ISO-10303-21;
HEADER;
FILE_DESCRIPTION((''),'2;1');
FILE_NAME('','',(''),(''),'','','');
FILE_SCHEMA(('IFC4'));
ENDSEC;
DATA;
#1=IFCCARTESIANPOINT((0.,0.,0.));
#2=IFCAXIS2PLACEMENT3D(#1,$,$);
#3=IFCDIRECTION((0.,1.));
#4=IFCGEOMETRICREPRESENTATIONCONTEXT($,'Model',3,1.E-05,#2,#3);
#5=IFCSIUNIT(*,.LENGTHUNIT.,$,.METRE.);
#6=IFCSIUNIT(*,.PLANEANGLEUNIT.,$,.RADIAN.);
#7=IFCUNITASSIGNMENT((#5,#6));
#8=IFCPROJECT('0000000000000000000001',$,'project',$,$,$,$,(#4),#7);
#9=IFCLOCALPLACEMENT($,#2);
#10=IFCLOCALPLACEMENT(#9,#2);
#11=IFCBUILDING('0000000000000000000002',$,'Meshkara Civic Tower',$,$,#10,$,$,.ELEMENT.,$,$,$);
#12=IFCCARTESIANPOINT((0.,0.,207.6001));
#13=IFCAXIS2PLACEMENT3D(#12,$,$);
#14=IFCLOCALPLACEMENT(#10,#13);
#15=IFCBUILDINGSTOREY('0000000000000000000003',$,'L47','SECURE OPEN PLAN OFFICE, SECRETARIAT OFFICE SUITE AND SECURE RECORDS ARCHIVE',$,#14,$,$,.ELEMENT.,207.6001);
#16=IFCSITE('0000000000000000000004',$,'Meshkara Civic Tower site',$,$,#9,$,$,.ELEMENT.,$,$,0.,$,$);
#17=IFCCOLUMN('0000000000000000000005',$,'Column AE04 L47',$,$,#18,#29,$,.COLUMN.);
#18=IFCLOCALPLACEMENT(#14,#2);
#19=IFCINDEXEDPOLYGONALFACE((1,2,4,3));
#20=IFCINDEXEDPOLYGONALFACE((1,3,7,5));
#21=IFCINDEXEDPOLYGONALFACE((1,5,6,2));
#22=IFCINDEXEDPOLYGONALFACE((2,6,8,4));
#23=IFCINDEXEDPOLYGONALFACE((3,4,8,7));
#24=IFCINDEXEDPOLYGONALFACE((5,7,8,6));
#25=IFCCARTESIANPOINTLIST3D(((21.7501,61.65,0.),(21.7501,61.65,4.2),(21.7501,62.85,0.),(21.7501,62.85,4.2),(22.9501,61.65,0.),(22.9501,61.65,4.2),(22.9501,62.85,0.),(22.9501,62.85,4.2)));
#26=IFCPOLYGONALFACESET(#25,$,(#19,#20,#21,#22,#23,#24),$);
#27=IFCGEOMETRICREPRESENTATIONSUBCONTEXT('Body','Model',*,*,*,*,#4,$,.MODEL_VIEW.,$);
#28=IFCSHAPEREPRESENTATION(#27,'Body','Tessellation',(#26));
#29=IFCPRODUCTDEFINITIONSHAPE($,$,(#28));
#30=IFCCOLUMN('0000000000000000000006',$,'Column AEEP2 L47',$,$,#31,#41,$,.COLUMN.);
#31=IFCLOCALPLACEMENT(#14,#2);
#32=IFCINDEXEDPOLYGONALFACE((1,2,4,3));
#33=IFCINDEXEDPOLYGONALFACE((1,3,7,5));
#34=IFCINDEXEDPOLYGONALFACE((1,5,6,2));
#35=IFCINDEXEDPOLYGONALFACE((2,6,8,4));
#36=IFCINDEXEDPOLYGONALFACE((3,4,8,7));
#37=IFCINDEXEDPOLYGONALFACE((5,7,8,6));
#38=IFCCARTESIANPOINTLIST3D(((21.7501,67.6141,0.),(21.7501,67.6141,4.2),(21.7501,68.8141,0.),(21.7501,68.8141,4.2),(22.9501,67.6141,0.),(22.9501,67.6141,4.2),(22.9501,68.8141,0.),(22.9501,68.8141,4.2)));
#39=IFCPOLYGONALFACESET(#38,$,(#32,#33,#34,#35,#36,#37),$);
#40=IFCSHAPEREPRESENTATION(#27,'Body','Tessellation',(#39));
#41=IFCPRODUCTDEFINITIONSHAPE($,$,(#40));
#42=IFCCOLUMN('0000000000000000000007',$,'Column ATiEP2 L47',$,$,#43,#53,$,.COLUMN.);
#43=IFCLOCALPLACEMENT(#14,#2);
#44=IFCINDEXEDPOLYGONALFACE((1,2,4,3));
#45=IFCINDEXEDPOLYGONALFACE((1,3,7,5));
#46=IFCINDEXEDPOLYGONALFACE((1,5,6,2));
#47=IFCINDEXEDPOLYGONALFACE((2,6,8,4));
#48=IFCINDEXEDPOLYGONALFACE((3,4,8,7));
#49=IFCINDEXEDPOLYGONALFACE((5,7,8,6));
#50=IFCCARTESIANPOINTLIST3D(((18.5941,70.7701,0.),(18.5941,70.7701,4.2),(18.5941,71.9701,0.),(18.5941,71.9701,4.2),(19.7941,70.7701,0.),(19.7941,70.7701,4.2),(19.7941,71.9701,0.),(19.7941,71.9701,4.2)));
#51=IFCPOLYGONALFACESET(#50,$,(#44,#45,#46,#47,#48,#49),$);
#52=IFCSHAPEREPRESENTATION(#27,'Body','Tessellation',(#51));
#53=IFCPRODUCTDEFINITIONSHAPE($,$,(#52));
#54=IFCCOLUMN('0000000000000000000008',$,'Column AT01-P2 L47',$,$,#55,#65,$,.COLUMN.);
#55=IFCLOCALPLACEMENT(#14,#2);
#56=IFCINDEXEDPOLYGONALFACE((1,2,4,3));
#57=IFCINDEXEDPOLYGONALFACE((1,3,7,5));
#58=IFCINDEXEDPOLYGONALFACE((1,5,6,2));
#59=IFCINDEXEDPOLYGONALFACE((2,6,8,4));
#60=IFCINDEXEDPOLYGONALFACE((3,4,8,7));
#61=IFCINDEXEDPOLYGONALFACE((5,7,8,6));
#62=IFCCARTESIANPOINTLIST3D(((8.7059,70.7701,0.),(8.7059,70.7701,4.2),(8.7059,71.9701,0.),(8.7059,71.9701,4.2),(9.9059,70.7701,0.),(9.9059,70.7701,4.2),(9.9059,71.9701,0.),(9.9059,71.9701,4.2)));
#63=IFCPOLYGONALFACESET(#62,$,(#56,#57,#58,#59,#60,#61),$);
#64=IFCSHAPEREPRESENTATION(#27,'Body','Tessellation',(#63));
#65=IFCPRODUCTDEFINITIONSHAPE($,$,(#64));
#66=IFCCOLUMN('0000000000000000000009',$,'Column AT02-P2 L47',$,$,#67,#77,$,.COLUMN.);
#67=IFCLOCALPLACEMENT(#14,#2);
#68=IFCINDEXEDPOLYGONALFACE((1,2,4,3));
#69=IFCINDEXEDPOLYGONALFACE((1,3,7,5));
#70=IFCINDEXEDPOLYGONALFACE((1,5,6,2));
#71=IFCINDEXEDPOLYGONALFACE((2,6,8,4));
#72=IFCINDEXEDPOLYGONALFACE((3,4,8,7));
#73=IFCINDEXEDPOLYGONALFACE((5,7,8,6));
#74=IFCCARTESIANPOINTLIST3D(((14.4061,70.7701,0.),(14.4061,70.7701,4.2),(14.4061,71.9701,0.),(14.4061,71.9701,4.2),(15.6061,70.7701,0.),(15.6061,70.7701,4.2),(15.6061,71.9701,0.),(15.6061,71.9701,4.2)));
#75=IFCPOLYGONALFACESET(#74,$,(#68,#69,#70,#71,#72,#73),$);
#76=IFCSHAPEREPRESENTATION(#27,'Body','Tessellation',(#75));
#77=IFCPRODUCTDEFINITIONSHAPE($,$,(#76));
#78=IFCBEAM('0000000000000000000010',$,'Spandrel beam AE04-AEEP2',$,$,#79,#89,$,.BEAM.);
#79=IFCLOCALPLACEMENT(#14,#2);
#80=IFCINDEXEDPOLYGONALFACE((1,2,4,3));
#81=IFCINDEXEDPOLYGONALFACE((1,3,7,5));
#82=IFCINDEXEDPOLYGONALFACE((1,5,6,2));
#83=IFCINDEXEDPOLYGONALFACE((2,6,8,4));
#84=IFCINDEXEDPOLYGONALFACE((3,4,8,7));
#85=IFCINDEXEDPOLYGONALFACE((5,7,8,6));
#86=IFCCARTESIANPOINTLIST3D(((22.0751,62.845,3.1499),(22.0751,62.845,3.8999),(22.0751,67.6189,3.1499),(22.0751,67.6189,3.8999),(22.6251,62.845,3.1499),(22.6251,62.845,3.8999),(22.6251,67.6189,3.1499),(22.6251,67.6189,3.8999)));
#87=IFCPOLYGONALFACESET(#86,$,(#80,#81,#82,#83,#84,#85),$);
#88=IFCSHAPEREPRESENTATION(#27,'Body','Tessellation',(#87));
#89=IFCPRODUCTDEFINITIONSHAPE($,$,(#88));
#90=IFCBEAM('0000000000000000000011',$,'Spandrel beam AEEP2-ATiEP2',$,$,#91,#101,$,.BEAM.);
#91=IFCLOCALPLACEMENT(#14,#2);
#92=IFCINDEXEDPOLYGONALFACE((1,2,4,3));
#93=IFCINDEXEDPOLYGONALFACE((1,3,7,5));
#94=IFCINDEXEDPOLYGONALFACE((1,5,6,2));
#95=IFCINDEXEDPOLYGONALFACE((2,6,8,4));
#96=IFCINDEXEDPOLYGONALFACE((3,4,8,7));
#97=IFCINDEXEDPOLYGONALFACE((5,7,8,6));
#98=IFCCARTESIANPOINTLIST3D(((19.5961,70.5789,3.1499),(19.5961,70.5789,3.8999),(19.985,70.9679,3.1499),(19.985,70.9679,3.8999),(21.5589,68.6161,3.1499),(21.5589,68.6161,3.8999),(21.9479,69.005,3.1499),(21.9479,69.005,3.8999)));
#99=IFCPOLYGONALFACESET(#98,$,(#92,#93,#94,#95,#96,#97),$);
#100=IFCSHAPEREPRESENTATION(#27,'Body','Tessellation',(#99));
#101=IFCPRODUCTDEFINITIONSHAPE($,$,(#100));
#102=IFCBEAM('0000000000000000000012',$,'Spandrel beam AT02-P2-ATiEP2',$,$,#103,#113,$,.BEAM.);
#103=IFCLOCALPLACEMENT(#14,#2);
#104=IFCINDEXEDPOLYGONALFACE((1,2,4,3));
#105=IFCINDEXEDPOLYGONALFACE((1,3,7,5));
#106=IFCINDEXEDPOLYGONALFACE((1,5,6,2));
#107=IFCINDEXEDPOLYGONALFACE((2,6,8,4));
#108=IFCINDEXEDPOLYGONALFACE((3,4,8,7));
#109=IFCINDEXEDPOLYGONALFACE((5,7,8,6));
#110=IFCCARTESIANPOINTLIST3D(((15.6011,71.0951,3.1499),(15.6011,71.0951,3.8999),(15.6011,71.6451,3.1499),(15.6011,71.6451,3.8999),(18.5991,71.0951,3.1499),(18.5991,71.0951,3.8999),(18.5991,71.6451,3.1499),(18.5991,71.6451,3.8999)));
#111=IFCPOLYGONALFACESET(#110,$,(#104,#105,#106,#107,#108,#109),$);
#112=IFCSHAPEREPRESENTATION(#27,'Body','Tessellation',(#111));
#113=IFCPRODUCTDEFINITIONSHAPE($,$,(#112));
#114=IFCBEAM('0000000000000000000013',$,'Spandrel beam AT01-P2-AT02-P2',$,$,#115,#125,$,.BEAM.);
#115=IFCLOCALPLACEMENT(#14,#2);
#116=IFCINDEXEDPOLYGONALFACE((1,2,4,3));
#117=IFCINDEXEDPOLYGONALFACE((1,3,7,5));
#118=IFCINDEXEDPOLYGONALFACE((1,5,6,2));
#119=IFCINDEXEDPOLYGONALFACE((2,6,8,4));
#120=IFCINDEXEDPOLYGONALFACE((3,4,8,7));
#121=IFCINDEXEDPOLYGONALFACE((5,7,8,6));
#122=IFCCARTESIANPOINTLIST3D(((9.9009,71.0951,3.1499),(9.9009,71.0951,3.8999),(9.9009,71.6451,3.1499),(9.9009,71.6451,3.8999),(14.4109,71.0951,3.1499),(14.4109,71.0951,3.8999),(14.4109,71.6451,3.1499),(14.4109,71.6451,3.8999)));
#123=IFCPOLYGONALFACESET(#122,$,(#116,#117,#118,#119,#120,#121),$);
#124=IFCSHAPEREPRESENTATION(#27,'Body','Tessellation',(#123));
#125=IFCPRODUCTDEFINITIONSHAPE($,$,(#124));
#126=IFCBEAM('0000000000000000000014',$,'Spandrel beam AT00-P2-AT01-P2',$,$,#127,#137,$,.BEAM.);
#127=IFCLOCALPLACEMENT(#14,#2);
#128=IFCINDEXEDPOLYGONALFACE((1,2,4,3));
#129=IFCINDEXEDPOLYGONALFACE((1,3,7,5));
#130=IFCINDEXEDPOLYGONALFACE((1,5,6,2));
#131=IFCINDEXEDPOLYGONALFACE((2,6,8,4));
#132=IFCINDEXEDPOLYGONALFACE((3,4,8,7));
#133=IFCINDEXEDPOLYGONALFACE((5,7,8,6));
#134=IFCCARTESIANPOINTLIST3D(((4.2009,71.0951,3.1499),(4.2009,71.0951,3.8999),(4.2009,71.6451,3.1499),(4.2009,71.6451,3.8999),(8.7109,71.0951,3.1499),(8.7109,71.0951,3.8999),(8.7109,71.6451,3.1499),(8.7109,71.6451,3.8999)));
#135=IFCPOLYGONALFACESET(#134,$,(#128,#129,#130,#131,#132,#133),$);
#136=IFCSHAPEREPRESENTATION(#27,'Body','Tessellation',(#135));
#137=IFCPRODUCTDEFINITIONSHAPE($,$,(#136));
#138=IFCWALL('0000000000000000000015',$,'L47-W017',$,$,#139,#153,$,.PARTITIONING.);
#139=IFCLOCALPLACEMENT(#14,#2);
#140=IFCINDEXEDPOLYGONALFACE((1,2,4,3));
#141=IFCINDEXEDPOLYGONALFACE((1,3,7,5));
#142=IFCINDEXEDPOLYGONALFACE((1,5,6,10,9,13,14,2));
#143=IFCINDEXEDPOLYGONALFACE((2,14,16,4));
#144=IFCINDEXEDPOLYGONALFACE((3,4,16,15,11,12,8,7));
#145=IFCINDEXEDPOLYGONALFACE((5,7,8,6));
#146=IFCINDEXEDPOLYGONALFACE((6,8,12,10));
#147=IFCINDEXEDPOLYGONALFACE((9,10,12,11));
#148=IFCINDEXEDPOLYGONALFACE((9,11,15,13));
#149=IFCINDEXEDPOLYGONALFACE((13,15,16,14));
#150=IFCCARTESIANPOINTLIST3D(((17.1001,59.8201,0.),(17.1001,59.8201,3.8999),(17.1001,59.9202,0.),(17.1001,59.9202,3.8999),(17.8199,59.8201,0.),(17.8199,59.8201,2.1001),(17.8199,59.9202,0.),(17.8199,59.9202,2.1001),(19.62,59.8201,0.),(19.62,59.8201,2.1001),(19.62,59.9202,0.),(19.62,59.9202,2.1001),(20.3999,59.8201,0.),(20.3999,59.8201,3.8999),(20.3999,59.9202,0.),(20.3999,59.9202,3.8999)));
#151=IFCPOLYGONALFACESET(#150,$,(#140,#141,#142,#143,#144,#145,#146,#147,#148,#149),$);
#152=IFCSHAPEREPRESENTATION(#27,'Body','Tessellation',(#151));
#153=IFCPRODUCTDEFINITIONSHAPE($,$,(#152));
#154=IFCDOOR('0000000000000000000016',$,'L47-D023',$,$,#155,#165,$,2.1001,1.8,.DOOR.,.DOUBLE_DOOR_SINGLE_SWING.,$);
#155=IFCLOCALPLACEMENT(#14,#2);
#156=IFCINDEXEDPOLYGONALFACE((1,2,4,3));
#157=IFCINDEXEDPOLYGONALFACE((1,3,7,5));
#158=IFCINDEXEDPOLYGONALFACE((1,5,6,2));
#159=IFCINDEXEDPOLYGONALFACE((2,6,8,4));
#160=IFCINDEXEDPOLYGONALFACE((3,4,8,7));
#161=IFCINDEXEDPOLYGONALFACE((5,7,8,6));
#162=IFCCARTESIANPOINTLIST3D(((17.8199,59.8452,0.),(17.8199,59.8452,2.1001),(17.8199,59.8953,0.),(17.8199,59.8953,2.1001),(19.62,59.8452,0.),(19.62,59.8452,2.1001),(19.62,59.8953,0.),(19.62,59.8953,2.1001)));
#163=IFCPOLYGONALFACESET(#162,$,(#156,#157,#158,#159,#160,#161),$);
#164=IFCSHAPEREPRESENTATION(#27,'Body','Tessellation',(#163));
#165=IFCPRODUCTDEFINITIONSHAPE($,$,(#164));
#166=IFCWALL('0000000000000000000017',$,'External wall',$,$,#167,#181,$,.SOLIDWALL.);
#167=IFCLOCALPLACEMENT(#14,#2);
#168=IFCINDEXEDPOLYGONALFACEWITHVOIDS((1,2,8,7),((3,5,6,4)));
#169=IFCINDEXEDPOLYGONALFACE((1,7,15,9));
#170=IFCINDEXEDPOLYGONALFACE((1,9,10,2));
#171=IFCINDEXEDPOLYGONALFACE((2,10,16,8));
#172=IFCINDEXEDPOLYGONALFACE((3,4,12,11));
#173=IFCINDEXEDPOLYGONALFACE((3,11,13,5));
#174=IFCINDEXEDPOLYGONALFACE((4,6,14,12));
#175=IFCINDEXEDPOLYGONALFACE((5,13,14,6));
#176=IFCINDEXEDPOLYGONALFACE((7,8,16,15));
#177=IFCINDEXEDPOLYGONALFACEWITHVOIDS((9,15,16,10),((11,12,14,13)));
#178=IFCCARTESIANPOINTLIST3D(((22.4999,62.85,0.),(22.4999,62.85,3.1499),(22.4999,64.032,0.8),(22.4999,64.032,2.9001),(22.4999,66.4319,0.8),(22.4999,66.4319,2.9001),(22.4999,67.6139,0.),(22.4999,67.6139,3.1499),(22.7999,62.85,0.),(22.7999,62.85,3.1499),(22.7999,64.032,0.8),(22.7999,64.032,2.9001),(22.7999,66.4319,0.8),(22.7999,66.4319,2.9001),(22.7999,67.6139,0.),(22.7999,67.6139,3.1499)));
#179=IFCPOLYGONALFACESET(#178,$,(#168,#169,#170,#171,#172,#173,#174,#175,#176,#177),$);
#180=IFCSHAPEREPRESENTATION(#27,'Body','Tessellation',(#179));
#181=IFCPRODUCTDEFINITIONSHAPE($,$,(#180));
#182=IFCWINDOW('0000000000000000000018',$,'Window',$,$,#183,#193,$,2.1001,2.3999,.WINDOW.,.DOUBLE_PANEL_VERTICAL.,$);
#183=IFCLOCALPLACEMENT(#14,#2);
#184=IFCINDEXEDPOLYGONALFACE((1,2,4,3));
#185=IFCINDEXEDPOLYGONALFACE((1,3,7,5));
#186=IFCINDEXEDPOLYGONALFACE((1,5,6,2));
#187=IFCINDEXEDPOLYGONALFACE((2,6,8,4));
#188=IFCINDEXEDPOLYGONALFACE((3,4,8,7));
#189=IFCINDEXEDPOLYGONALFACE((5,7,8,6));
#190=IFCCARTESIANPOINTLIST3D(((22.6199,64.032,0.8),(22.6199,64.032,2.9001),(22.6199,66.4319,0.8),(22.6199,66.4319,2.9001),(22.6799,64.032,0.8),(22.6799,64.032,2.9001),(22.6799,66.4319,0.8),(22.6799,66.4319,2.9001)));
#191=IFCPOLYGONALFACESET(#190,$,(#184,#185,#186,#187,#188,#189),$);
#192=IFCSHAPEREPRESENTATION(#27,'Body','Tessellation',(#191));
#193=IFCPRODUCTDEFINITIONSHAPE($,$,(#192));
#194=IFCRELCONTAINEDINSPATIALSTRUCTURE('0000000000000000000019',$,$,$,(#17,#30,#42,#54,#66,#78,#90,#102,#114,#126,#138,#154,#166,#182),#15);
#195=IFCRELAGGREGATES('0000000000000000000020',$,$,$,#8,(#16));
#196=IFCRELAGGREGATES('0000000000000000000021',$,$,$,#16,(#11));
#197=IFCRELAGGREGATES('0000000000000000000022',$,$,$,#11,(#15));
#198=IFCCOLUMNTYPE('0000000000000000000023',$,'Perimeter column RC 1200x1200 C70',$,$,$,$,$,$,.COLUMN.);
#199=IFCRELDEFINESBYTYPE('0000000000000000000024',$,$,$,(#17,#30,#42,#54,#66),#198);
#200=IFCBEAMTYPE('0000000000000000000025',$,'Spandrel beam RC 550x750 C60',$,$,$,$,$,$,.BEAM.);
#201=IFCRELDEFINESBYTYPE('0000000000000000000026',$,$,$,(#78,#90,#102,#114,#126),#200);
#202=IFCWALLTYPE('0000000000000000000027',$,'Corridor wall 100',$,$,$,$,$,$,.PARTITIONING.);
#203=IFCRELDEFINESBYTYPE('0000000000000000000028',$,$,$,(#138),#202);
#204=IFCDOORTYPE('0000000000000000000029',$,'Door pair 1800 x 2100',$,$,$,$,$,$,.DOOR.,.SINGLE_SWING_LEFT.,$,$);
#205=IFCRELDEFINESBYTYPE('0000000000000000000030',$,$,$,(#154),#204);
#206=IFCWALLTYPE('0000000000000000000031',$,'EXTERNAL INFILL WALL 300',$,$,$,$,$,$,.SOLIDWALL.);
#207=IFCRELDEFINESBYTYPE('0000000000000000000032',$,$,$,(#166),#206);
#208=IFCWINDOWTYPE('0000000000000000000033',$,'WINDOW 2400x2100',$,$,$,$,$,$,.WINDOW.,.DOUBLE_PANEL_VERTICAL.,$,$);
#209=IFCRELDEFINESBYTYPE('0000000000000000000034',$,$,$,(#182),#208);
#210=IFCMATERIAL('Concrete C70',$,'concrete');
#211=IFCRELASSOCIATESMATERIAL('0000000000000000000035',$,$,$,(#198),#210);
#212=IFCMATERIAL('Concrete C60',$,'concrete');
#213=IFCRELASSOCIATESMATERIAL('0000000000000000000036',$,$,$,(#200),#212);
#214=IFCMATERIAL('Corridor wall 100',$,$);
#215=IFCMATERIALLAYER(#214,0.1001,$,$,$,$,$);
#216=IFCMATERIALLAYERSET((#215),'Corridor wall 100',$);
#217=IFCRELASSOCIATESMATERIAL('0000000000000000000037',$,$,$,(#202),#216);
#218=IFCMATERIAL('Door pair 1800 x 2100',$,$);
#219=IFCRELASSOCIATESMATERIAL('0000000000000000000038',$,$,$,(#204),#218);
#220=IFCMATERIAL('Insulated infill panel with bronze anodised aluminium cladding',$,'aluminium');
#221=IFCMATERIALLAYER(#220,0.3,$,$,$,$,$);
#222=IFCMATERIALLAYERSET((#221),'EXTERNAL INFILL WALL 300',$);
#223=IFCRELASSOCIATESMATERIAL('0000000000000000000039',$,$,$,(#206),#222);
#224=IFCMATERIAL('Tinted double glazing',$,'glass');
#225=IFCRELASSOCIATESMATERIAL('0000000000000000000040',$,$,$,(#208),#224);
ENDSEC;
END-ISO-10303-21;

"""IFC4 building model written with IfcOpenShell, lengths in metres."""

from ifc_helpers import new_model, si_unit, direction, frame, frame_2d, origin, origin_2d, place, context, subcontext, project, spatial, rectangle, extrude, material, layer, layer_set, material_profile, profile_set, type_object, element, fill, save


model = new_model("IFC4")

# Units and contexts
model_context = context("Model", 3, precision=1e-05, world=origin(), true_north=direction((0.0, 1.0)))
body_context = subcontext(model_context, "Body", "Model", "MODEL_VIEW")
ifc_project = project(units=[si_unit("LENGTHUNIT", "METRE"), si_unit("PLANEANGLEUNIT", "RADIAN")], contexts=[model_context])

# Site, building, storey
site_placement = place(None, origin())
site = spatial("IfcSite", under=ifc_project, at=site_placement, Name="Meshkara Civic Tower site", CompositionType="ELEMENT", RefElevation=0.0)
building_placement = place(site_placement, origin())
building = spatial("IfcBuilding", under=site, at=building_placement, Name="Meshkara Civic Tower", CompositionType="ELEMENT")
storey_placement = place(building_placement, frame((0.0, 0.0, 207.6001)))
storey = spatial("IfcBuildingStorey", under=building, at=storey_placement, Name="L47", Description="SECURE OPEN PLAN OFFICE, SECRETARIAT OFFICE SUITE AND SECURE RECORDS ARCHIVE", CompositionType="ELEMENT", Elevation=207.6001)

# Columns
ifc_material_1 = material(Name="Concrete C70", Category="concrete")
ifc_material_profile_1 = material_profile(ifc_material_1, rectangle(XDim=1.2, YDim=1.2, at=origin_2d()))
ifc_profile_set_1 = profile_set([ifc_material_profile_1], Name="Concrete C70")
column_type = type_object("IfcColumnType", Name="Perimeter column RC 1200x1200 C70", PredefinedType="COLUMN", material=ifc_profile_set_1)
for number, where, z_axis, x_axis, name in (
    (1, (22.3501, 62.25, 0.0), (0.0, 0.0, 1.0), (1.0, 0.0, 0.0), "Column AE04 L47"),
    (2, (22.3501, 68.2141, 0.0), (0.0, 0.0, 1.0), (1.0, 0.0, 0.0), "Column AEEP2 L47"),
    (3, (19.1941, 71.3701, 0.0), (0.0, 0.0, 1.0), (1.0, 0.0, 0.0), "Column ATiEP2 L47"),
    (4, (9.3059, 71.3701, 0.0), (0.0, 0.0, 1.0), (1.0, 0.0, 0.0), "Column AT01-P2 L47"),
    (5, (15.0061, 71.3701, 0.0), (0.0, 0.0, 1.0), (1.0, 0.0, 0.0), "Column AT02-P2 L47"),
):
    element("IfcColumn", number, at=place(storey_placement, frame(where, z_axis=z_axis, x_axis=x_axis)), inside=storey, type_object=column_type, Name=name, PredefinedType="COLUMN", context=body_context, shape_type="SweptSolid", body=[
        extrude(rectangle(XDim=1.2, YDim=1.2, at=origin_2d()), origin(), (0.0, 0.0, 1.0), 4.2),
    ])

# Beams
ifc_material_2 = material(Name="Concrete C60", Category="concrete")
ifc_material_profile_2 = material_profile(ifc_material_2, rectangle(XDim=0.55, YDim=0.75, at=origin_2d()))
ifc_profile_set_2 = profile_set([ifc_material_profile_2], Name="Concrete C60")
beam_type = type_object("IfcBeamType", Name="Spandrel beam RC 550x750 C60", PredefinedType="BEAM", material=ifc_profile_set_2)
beam_1_placement = place(storey_placement, frame((22.3501, 62.845, 3.5249), z_axis=(0.0, 1.0, 0.0), x_axis=(-1.0, 0.0, 0.0)))
element("IfcBeam", 6, at=beam_1_placement, inside=storey, type_object=beam_type, Name="Spandrel beam AE04-AEEP2", PredefinedType="BEAM", context=body_context, shape_type="SweptSolid", body=[
    extrude(rectangle(XDim=0.55, YDim=0.75, at=origin_2d()), origin(), (0.0, 0.0, 1.0), 4.7739),
])
beam_2_placement = place(storey_placement, frame((21.7534, 68.8105, 3.5249), z_axis=(-0.707107, 0.707107, 0.0), x_axis=(-0.707107, -0.707107, 0.0)))
element("IfcBeam", 7, at=beam_2_placement, inside=storey, type_object=beam_type, Name="Spandrel beam AEEP2-ATiEP2", PredefinedType="BEAM", context=body_context, shape_type="SweptSolid", body=[
    extrude(rectangle(XDim=0.55, YDim=0.75, at=origin_2d()), origin(), (0.0, 0.0, 1.0), 2.7759),
])
beam_3_placement = place(storey_placement, frame((18.5991, 71.3701, 3.5249), z_axis=(-1.0, 0.0, 0.0), x_axis=(0.0, -1.0, 0.0)))
element("IfcBeam", 8, at=beam_3_placement, inside=storey, type_object=beam_type, Name="Spandrel beam AT02-P2-ATiEP2", PredefinedType="BEAM", context=body_context, shape_type="SweptSolid", body=[
    extrude(rectangle(XDim=0.55, YDim=0.75, at=origin_2d()), origin(), (0.0, 0.0, 1.0), 2.998),
])
for number, where, z_axis, x_axis, name in (
    (9, (14.4109, 71.3701, 3.5249), (-1.0, 0.0, 0.0), (0.0, -1.0, 0.0), "Spandrel beam AT01-P2-AT02-P2"),
    (10, (8.7109, 71.3701, 3.5249), (-1.0, 0.0, 0.0), (0.0, -1.0, 0.0), "Spandrel beam AT00-P2-AT01-P2"),
):
    element("IfcBeam", number, at=place(storey_placement, frame(where, z_axis=z_axis, x_axis=x_axis)), inside=storey, type_object=beam_type, Name=name, PredefinedType="BEAM", context=body_context, shape_type="SweptSolid", body=[
        extrude(rectangle(XDim=0.55, YDim=0.75, at=origin_2d()), origin(), (0.0, 0.0, 1.0), 4.51),
    ])

# Wall, opening, door
ifc_material_3 = material(Name="Corridor wall 100")
ifc_layer_1 = layer(ifc_material_3, 0.1001)
ifc_layer_set_1 = layer_set([ifc_layer_1], Name="Corridor wall 100")
wall_type_1 = type_object("IfcWallType", Name="Corridor wall 100", PredefinedType="PARTITIONING", material=ifc_layer_set_1)
wall_1_placement = place(storey_placement, frame((20.3999, 59.8701, 0.0), z_axis=(0.0, 0.0, 1.0), x_axis=(-1.0, 0.0, 0.0)))
wall_1 = element("IfcWall", 11, at=wall_1_placement, inside=storey, type_object=wall_type_1, Name="L47-W017", PredefinedType="PARTITIONING", context=body_context, shape_type="SweptSolid", body=[
    extrude(rectangle(XDim=3.2998, YDim=0.1001, at=frame_2d((1.6499, 0.0))), origin(), (0.0, 0.0, 1.0), 3.8999),
])
opening_1_placement = place(wall_1_placement, frame((0.78, 0.0, 0.0)))
opening_1 = element("IfcOpeningElement", 12, at=opening_1_placement, cuts=wall_1, PredefinedType="OPENING", context=body_context, shape_type="SweptSolid", body=[
    extrude(rectangle(XDim=1.8, YDim=2.1001, at=frame_2d((0.8999, 1.05))), frame((0.0, 0.0601, 0.0), z_axis=(0.0, -1.0, 0.0), x_axis=(1.0, 0.0, 0.0)), (0.0, 0.0, 1.0), 0.1201),
])
ifc_material_4 = material(Name="Door pair 1800 x 2100")
door_type_1 = type_object("IfcDoorType", Name="Door pair 1800 x 2100", OperationType="SINGLE_SWING_LEFT", PredefinedType="DOOR", material=ifc_material_4)
door_1_placement = place(opening_1_placement, origin())
door_1 = element("IfcDoor", 13, at=door_1_placement, inside=storey, type_object=door_type_1, Name="L47-D023", OperationType="DOUBLE_DOOR_SINGLE_SWING", OverallHeight=2.1001, OverallWidth=1.8, PredefinedType="DOOR", context=body_context, shape_type="SweptSolid", body=[
    extrude(rectangle(XDim=1.8, YDim=2.1001, at=frame_2d((0.8999, 1.05))), frame((0.0, 0.0249, 0.0), z_axis=(0.0, -1.0, 0.0), x_axis=(1.0, 0.0, 0.0)), (0.0, 0.0, 1.0), 0.05),
])
fill(opening_1, door_1)

# Wall, opening, window
ifc_material_5 = material(Name="Insulated infill panel with bronze anodised aluminium cladding", Category="aluminium")
ifc_layer_2 = layer(ifc_material_5, 0.3)
ifc_layer_set_2 = layer_set([ifc_layer_2], Name="EXTERNAL INFILL WALL 300")
wall_type_2 = type_object("IfcWallType", Name="EXTERNAL INFILL WALL 300", PredefinedType="SOLIDWALL", material=ifc_layer_set_2)
wall_2_placement = place(storey_placement, frame((22.6499, 62.8501, 0.0), z_axis=(0.0, 0.0, 1.0), x_axis=(0.0, 1.0, 0.0)))
wall_2 = element("IfcWall", 14, at=wall_2_placement, inside=storey, type_object=wall_type_2, Name="External wall", PredefinedType="SOLIDWALL", context=body_context, shape_type="SweptSolid", body=[
    extrude(rectangle(XDim=4.7639, YDim=0.3, at=frame_2d((2.3818, 0.0))), origin(), (0.0, 0.0, 1.0), 3.1499),
])
opening_2_placement = place(wall_2_placement, frame((1.1819, 0.0, 0.8)))
opening_2 = element("IfcOpeningElement", 15, at=opening_2_placement, cuts=wall_2, PredefinedType="OPENING", context=body_context, shape_type="SweptSolid", body=[
    extrude(rectangle(XDim=2.3999, YDim=2.1001, at=frame_2d((1.2, 1.05))), frame((0.0, 0.1599, 0.0), z_axis=(0.0, -1.0, 0.0), x_axis=(1.0, 0.0, 0.0)), (0.0, 0.0, 1.0), 0.3201),
])
ifc_material_6 = material(Name="Tinted double glazing", Category="glass")
window_type_1 = type_object("IfcWindowType", Name="WINDOW 2400x2100", PartitioningType="DOUBLE_PANEL_VERTICAL", PredefinedType="WINDOW", material=ifc_material_6)
window_1_placement = place(opening_2_placement, origin())
window_1 = element("IfcWindow", 16, at=window_1_placement, inside=storey, type_object=window_type_1, Name="Window", OverallHeight=2.1001, OverallWidth=2.3999, PartitioningType="DOUBLE_PANEL_VERTICAL", PredefinedType="WINDOW", context=body_context, shape_type="SweptSolid", body=[
    extrude(rectangle(XDim=2.3999, YDim=2.1001, at=frame_2d((1.2, 1.05))), frame((0.0, 0.03, 0.0), z_axis=(0.0, -1.0, 0.0), x_axis=(1.0, 0.0, 0.0)), (0.0, 0.0, 1.0), 0.0601),
])
fill(opening_2, window_1)

save(model, "model.ifc")
